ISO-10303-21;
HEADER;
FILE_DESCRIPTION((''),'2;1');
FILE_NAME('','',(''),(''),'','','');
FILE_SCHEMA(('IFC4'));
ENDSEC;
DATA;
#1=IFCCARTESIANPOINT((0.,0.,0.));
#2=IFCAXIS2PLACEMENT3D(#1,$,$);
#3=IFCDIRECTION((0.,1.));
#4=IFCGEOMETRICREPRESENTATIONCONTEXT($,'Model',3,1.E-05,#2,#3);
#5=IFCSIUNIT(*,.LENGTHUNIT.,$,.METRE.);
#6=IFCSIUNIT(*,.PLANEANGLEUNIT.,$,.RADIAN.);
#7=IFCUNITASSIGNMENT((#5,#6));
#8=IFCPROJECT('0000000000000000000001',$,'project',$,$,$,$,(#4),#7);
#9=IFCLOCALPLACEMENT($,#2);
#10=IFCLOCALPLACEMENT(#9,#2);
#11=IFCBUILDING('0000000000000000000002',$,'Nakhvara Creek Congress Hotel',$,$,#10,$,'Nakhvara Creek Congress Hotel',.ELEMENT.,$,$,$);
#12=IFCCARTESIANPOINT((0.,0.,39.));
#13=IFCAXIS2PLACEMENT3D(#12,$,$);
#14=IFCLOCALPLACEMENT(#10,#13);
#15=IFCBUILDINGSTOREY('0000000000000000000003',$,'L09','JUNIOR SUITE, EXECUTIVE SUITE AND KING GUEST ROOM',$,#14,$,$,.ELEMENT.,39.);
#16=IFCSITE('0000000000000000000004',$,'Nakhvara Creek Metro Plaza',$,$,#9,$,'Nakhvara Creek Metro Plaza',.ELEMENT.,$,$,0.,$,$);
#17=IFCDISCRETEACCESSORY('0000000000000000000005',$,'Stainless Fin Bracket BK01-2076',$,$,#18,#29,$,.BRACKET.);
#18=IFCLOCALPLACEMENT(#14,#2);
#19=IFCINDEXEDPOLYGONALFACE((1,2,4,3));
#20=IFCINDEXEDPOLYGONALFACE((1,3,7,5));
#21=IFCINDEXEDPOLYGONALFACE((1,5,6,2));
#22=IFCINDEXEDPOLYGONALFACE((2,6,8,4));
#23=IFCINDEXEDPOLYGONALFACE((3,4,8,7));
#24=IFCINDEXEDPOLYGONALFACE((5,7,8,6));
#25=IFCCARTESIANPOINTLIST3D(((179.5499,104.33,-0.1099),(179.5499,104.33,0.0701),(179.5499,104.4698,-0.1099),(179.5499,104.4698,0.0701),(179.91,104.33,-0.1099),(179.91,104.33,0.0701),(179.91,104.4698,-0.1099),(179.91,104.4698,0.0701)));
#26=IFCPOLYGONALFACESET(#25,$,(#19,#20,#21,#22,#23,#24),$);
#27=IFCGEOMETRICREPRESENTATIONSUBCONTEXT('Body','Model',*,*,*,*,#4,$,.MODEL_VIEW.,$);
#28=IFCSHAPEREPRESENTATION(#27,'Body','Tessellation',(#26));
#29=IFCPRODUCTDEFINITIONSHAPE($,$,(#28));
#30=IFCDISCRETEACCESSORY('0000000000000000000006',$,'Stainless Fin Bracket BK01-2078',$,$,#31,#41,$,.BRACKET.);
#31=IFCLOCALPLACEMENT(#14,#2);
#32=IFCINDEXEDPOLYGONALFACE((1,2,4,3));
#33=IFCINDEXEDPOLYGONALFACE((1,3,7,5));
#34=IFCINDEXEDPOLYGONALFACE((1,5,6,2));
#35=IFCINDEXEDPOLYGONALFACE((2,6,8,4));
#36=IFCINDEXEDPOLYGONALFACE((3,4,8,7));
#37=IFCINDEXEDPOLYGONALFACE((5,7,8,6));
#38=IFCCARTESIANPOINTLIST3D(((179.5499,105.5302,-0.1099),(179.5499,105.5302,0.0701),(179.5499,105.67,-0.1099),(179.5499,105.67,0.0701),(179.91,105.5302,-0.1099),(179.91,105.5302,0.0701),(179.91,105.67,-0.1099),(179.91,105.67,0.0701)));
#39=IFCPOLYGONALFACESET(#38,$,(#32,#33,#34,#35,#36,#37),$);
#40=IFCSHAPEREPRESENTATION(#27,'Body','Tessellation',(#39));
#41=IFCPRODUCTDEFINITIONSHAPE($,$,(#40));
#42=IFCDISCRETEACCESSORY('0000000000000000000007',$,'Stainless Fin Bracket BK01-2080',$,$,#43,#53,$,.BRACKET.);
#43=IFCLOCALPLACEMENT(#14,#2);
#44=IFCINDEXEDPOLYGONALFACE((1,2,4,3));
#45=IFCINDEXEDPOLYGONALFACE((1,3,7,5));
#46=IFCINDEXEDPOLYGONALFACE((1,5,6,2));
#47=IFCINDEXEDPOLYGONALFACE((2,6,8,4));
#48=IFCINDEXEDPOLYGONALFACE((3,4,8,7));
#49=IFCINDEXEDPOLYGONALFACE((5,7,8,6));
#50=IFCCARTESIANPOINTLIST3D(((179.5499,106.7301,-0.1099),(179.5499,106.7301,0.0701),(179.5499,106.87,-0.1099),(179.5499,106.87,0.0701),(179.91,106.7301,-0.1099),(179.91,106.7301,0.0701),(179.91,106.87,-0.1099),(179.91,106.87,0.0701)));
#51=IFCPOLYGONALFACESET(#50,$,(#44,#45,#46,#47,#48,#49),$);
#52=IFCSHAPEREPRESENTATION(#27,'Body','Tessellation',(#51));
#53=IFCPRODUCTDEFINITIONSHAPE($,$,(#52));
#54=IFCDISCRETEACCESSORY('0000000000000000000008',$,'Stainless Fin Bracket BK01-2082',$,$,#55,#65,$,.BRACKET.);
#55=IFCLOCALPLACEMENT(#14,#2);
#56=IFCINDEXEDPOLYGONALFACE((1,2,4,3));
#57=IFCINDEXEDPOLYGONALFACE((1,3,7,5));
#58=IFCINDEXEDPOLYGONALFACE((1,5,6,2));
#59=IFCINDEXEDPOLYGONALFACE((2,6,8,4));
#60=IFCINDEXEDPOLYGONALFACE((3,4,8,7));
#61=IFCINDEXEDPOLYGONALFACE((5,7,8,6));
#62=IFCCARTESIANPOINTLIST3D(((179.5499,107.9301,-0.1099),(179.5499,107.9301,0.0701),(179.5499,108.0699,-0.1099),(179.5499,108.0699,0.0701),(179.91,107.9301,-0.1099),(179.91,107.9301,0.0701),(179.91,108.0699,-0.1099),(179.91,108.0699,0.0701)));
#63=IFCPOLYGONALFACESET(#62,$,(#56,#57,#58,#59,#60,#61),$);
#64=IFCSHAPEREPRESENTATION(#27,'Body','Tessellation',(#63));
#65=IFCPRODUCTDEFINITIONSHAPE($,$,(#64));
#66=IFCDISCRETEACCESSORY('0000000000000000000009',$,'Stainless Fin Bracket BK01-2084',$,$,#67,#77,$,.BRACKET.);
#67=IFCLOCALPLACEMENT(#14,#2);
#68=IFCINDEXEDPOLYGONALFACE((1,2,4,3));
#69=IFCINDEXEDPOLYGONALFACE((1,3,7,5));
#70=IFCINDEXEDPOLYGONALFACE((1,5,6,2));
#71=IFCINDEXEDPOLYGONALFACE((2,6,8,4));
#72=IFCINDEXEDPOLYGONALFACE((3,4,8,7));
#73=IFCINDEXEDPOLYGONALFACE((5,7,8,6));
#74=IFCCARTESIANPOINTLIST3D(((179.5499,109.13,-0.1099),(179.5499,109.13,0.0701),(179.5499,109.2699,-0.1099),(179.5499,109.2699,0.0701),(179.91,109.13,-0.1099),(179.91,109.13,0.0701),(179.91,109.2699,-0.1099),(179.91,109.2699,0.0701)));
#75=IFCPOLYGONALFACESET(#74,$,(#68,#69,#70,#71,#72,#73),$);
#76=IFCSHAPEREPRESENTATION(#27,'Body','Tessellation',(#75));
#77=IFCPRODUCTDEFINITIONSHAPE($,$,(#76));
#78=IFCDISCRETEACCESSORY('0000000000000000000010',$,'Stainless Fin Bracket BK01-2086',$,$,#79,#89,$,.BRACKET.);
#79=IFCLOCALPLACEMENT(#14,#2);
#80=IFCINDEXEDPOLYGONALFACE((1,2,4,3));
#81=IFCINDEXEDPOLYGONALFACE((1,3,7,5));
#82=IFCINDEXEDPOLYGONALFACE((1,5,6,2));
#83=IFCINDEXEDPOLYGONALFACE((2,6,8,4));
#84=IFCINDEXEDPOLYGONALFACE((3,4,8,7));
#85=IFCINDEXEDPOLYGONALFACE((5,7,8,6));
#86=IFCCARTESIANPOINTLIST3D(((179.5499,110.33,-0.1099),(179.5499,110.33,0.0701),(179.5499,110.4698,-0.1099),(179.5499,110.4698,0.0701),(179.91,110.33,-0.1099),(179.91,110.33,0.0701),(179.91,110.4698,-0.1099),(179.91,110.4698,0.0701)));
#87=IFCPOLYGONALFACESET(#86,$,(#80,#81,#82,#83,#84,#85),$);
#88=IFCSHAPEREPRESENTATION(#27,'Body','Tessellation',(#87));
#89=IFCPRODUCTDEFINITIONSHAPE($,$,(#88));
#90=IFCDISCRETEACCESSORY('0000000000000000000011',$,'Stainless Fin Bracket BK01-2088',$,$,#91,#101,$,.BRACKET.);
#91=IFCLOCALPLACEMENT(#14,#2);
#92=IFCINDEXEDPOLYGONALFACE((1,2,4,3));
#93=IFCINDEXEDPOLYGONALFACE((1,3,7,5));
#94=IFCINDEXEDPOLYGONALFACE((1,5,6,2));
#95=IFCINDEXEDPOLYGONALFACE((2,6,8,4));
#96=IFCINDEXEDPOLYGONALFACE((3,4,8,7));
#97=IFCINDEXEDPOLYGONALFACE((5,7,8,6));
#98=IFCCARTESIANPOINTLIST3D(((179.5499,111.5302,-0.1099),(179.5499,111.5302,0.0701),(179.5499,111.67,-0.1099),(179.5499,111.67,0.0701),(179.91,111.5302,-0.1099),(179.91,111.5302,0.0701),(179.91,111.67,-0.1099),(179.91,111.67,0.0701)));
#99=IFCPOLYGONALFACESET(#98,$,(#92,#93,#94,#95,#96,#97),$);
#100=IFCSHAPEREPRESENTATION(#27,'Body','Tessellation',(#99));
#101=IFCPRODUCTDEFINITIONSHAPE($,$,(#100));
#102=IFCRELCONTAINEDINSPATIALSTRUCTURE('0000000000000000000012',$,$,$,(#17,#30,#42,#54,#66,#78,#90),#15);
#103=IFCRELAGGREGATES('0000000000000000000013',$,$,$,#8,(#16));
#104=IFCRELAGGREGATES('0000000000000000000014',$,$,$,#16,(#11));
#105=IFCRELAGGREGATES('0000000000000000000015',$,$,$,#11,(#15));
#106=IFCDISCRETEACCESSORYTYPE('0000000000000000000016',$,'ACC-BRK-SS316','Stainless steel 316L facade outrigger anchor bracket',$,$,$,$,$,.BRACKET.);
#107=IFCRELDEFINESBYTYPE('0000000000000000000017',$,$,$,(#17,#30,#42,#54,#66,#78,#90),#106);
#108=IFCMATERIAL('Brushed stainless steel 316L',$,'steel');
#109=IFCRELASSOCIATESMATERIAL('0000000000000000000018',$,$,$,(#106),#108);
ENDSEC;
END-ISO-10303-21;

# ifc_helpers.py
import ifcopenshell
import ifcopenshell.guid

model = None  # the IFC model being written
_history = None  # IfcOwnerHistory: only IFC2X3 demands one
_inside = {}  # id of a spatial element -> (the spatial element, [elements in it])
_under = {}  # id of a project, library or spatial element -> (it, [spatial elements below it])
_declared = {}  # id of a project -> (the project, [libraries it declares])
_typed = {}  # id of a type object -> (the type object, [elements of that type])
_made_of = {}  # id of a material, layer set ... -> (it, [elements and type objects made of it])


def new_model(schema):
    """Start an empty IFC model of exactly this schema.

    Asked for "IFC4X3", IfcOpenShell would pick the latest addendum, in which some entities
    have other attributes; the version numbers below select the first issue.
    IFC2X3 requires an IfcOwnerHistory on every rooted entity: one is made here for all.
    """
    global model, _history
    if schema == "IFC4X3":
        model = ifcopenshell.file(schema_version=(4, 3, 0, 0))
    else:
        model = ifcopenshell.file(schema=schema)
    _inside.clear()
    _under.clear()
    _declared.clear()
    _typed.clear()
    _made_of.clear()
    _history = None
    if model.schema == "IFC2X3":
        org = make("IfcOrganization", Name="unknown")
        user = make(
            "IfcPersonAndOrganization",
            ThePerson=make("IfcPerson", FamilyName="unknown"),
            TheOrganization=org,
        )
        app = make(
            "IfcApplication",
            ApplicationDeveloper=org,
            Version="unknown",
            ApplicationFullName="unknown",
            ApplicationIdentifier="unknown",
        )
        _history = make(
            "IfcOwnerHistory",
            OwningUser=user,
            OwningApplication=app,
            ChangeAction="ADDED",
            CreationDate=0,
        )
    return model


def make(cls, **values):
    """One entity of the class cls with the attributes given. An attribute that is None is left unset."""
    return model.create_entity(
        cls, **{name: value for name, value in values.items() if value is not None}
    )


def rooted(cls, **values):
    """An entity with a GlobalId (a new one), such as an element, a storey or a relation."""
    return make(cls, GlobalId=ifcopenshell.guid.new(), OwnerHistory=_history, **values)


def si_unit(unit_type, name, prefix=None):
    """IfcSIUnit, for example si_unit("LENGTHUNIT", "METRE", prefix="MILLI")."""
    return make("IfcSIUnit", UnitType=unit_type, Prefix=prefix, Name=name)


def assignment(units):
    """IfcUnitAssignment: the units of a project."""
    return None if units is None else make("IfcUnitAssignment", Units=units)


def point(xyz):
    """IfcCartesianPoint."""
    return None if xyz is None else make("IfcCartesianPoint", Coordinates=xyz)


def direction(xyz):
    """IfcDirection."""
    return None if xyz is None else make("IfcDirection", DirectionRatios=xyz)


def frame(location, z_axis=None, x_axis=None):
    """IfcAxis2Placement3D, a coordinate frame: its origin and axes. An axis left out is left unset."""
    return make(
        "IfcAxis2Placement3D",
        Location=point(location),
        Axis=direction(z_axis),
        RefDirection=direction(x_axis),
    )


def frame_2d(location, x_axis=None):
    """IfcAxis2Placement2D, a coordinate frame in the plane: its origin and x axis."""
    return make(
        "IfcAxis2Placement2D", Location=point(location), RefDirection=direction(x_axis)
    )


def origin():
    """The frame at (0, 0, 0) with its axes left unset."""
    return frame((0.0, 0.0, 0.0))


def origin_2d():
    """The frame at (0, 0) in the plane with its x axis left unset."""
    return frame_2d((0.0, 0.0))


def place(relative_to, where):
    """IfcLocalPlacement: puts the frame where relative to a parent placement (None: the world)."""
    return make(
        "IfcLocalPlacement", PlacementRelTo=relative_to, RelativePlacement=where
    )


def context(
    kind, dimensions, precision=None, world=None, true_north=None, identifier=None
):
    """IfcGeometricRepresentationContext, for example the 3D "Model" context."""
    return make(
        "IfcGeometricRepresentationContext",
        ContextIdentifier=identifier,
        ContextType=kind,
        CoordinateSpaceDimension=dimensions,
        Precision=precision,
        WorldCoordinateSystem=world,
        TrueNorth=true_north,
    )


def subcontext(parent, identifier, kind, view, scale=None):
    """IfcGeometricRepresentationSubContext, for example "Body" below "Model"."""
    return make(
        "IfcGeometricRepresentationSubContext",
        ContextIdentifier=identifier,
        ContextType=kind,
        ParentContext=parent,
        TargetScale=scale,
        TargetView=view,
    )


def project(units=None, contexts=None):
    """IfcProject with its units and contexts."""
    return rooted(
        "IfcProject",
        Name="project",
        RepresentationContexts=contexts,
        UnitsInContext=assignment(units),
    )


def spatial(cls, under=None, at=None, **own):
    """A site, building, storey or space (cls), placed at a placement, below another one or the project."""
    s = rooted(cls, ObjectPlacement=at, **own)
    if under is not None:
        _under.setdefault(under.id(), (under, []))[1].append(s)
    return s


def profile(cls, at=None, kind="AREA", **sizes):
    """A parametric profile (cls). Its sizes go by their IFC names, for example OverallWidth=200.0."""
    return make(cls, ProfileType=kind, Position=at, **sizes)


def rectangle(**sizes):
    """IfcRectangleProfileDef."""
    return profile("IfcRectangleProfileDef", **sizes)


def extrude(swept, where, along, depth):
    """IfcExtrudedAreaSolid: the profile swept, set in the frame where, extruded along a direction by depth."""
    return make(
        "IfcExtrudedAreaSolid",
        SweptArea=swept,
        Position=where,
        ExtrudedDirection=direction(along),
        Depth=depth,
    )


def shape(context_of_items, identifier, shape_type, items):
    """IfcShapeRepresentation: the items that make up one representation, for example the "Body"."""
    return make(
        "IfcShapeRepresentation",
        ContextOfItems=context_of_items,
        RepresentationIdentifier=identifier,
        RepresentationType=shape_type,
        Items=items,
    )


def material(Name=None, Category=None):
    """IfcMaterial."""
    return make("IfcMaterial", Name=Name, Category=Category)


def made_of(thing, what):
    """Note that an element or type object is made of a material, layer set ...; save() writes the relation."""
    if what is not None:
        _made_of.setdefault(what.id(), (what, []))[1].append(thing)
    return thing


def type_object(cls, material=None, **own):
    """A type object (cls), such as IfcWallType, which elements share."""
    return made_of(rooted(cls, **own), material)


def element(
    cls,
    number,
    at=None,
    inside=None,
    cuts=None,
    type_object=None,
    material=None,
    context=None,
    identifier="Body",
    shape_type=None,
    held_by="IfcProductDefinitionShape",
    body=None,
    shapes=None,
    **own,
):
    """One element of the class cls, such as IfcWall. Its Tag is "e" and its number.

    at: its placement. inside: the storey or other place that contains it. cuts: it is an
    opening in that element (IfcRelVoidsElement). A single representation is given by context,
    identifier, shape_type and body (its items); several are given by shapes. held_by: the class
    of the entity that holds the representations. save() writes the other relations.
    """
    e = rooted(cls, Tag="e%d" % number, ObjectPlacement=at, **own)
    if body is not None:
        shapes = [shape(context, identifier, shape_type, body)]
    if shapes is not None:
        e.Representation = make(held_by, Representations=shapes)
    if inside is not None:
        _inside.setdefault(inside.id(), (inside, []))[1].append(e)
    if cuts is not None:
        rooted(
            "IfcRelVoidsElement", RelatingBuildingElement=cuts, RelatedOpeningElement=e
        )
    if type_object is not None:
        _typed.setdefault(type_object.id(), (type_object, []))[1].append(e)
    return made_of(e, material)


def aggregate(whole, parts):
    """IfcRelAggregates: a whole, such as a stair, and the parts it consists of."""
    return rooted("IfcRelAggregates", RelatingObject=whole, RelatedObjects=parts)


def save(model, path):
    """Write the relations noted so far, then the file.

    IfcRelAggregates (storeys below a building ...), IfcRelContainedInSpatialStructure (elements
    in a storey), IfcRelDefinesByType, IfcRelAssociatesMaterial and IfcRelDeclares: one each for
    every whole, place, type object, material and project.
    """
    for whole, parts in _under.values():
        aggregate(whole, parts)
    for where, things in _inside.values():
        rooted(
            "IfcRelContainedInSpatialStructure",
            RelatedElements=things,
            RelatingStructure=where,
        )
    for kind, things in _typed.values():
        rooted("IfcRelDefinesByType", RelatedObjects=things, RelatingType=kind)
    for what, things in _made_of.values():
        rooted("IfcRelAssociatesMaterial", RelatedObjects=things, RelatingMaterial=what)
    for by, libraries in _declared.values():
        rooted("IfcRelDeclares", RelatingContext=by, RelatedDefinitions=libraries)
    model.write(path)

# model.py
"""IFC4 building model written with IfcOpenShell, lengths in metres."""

from ifc_helpers import new_model, si_unit, direction, frame, origin, origin_2d, place, context, subcontext, project, spatial, rectangle, extrude, material, type_object, element, save


model = new_model("IFC4")

# Units and contexts
model_context = context("Model", 3, precision=1e-05, world=origin(), true_north=direction((0.0, 1.0)))
body_context = subcontext(model_context, "Body", "Model", "MODEL_VIEW")
ifc_project = project(units=[si_unit("LENGTHUNIT", "METRE"), si_unit("PLANEANGLEUNIT", "RADIAN")], contexts=[model_context])

# Site, building, storey
site_placement = place(None, origin())
site = spatial("IfcSite", under=ifc_project, at=site_placement, Name="Nakhvara Creek Metro Plaza", LongName="Nakhvara Creek Metro Plaza", CompositionType="ELEMENT", RefElevation=0.0)
building_placement = place(site_placement, origin())
building = spatial("IfcBuilding", under=site, at=building_placement, Name="Nakhvara Creek Congress Hotel", LongName="Nakhvara Creek Congress Hotel", CompositionType="ELEMENT")
storey_placement = place(building_placement, frame((0.0, 0.0, 39.0)))
storey = spatial("IfcBuildingStorey", under=building, at=storey_placement, Name="L09", Description="JUNIOR SUITE, EXECUTIVE SUITE AND KING GUEST ROOM", CompositionType="ELEMENT", Elevation=39.0)

# Discrete accessories
ifc_material_1 = material(Name="Brushed stainless steel 316L", Category="steel")
discrete_accessory_type = type_object("IfcDiscreteAccessoryType", Name="ACC-BRK-SS316", Description="Stainless steel 316L facade outrigger anchor bracket", PredefinedType="BRACKET", material=ifc_material_1)
for number, where, z_axis, x_axis, name in (
    (1, (179.73, 104.3999, -0.1099), (0.0, 0.0, 1.0), (0.0, 1.0, 0.0), "Stainless Fin Bracket BK01-2076"),
    (2, (179.73, 105.6001, -0.1099), (0.0, 0.0, 1.0), (0.0, 1.0, 0.0), "Stainless Fin Bracket BK01-2078"),
    (3, (179.73, 106.8, -0.1099), (0.0, 0.0, 1.0), (0.0, 1.0, 0.0), "Stainless Fin Bracket BK01-2080"),
    (4, (179.73, 108.0, -0.1099), (0.0, 0.0, 1.0), (0.0, 1.0, 0.0), "Stainless Fin Bracket BK01-2082"),
    (5, (179.73, 109.2, -0.1099), (0.0, 0.0, 1.0), (0.0, 1.0, 0.0), "Stainless Fin Bracket BK01-2084"),
    (6, (179.73, 110.3999, -0.1099), (0.0, 0.0, 1.0), (0.0, 1.0, 0.0), "Stainless Fin Bracket BK01-2086"),
    (7, (179.73, 111.6001, -0.1099), (0.0, 0.0, 1.0), (0.0, 1.0, 0.0), "Stainless Fin Bracket BK01-2088"),
):
    element("IfcDiscreteAccessory", number, at=place(storey_placement, frame(where, z_axis=z_axis, x_axis=x_axis)), inside=storey, type_object=discrete_accessory_type, Name=name, PredefinedType="BRACKET", context=body_context, shape_type="SweptSolid", body=[
        extrude(rectangle(XDim=0.1399, YDim=0.3601, at=origin_2d()), origin(), (0.0, 0.0, 1.0), 0.1799),
    ])

save(model, "model.ifc")
